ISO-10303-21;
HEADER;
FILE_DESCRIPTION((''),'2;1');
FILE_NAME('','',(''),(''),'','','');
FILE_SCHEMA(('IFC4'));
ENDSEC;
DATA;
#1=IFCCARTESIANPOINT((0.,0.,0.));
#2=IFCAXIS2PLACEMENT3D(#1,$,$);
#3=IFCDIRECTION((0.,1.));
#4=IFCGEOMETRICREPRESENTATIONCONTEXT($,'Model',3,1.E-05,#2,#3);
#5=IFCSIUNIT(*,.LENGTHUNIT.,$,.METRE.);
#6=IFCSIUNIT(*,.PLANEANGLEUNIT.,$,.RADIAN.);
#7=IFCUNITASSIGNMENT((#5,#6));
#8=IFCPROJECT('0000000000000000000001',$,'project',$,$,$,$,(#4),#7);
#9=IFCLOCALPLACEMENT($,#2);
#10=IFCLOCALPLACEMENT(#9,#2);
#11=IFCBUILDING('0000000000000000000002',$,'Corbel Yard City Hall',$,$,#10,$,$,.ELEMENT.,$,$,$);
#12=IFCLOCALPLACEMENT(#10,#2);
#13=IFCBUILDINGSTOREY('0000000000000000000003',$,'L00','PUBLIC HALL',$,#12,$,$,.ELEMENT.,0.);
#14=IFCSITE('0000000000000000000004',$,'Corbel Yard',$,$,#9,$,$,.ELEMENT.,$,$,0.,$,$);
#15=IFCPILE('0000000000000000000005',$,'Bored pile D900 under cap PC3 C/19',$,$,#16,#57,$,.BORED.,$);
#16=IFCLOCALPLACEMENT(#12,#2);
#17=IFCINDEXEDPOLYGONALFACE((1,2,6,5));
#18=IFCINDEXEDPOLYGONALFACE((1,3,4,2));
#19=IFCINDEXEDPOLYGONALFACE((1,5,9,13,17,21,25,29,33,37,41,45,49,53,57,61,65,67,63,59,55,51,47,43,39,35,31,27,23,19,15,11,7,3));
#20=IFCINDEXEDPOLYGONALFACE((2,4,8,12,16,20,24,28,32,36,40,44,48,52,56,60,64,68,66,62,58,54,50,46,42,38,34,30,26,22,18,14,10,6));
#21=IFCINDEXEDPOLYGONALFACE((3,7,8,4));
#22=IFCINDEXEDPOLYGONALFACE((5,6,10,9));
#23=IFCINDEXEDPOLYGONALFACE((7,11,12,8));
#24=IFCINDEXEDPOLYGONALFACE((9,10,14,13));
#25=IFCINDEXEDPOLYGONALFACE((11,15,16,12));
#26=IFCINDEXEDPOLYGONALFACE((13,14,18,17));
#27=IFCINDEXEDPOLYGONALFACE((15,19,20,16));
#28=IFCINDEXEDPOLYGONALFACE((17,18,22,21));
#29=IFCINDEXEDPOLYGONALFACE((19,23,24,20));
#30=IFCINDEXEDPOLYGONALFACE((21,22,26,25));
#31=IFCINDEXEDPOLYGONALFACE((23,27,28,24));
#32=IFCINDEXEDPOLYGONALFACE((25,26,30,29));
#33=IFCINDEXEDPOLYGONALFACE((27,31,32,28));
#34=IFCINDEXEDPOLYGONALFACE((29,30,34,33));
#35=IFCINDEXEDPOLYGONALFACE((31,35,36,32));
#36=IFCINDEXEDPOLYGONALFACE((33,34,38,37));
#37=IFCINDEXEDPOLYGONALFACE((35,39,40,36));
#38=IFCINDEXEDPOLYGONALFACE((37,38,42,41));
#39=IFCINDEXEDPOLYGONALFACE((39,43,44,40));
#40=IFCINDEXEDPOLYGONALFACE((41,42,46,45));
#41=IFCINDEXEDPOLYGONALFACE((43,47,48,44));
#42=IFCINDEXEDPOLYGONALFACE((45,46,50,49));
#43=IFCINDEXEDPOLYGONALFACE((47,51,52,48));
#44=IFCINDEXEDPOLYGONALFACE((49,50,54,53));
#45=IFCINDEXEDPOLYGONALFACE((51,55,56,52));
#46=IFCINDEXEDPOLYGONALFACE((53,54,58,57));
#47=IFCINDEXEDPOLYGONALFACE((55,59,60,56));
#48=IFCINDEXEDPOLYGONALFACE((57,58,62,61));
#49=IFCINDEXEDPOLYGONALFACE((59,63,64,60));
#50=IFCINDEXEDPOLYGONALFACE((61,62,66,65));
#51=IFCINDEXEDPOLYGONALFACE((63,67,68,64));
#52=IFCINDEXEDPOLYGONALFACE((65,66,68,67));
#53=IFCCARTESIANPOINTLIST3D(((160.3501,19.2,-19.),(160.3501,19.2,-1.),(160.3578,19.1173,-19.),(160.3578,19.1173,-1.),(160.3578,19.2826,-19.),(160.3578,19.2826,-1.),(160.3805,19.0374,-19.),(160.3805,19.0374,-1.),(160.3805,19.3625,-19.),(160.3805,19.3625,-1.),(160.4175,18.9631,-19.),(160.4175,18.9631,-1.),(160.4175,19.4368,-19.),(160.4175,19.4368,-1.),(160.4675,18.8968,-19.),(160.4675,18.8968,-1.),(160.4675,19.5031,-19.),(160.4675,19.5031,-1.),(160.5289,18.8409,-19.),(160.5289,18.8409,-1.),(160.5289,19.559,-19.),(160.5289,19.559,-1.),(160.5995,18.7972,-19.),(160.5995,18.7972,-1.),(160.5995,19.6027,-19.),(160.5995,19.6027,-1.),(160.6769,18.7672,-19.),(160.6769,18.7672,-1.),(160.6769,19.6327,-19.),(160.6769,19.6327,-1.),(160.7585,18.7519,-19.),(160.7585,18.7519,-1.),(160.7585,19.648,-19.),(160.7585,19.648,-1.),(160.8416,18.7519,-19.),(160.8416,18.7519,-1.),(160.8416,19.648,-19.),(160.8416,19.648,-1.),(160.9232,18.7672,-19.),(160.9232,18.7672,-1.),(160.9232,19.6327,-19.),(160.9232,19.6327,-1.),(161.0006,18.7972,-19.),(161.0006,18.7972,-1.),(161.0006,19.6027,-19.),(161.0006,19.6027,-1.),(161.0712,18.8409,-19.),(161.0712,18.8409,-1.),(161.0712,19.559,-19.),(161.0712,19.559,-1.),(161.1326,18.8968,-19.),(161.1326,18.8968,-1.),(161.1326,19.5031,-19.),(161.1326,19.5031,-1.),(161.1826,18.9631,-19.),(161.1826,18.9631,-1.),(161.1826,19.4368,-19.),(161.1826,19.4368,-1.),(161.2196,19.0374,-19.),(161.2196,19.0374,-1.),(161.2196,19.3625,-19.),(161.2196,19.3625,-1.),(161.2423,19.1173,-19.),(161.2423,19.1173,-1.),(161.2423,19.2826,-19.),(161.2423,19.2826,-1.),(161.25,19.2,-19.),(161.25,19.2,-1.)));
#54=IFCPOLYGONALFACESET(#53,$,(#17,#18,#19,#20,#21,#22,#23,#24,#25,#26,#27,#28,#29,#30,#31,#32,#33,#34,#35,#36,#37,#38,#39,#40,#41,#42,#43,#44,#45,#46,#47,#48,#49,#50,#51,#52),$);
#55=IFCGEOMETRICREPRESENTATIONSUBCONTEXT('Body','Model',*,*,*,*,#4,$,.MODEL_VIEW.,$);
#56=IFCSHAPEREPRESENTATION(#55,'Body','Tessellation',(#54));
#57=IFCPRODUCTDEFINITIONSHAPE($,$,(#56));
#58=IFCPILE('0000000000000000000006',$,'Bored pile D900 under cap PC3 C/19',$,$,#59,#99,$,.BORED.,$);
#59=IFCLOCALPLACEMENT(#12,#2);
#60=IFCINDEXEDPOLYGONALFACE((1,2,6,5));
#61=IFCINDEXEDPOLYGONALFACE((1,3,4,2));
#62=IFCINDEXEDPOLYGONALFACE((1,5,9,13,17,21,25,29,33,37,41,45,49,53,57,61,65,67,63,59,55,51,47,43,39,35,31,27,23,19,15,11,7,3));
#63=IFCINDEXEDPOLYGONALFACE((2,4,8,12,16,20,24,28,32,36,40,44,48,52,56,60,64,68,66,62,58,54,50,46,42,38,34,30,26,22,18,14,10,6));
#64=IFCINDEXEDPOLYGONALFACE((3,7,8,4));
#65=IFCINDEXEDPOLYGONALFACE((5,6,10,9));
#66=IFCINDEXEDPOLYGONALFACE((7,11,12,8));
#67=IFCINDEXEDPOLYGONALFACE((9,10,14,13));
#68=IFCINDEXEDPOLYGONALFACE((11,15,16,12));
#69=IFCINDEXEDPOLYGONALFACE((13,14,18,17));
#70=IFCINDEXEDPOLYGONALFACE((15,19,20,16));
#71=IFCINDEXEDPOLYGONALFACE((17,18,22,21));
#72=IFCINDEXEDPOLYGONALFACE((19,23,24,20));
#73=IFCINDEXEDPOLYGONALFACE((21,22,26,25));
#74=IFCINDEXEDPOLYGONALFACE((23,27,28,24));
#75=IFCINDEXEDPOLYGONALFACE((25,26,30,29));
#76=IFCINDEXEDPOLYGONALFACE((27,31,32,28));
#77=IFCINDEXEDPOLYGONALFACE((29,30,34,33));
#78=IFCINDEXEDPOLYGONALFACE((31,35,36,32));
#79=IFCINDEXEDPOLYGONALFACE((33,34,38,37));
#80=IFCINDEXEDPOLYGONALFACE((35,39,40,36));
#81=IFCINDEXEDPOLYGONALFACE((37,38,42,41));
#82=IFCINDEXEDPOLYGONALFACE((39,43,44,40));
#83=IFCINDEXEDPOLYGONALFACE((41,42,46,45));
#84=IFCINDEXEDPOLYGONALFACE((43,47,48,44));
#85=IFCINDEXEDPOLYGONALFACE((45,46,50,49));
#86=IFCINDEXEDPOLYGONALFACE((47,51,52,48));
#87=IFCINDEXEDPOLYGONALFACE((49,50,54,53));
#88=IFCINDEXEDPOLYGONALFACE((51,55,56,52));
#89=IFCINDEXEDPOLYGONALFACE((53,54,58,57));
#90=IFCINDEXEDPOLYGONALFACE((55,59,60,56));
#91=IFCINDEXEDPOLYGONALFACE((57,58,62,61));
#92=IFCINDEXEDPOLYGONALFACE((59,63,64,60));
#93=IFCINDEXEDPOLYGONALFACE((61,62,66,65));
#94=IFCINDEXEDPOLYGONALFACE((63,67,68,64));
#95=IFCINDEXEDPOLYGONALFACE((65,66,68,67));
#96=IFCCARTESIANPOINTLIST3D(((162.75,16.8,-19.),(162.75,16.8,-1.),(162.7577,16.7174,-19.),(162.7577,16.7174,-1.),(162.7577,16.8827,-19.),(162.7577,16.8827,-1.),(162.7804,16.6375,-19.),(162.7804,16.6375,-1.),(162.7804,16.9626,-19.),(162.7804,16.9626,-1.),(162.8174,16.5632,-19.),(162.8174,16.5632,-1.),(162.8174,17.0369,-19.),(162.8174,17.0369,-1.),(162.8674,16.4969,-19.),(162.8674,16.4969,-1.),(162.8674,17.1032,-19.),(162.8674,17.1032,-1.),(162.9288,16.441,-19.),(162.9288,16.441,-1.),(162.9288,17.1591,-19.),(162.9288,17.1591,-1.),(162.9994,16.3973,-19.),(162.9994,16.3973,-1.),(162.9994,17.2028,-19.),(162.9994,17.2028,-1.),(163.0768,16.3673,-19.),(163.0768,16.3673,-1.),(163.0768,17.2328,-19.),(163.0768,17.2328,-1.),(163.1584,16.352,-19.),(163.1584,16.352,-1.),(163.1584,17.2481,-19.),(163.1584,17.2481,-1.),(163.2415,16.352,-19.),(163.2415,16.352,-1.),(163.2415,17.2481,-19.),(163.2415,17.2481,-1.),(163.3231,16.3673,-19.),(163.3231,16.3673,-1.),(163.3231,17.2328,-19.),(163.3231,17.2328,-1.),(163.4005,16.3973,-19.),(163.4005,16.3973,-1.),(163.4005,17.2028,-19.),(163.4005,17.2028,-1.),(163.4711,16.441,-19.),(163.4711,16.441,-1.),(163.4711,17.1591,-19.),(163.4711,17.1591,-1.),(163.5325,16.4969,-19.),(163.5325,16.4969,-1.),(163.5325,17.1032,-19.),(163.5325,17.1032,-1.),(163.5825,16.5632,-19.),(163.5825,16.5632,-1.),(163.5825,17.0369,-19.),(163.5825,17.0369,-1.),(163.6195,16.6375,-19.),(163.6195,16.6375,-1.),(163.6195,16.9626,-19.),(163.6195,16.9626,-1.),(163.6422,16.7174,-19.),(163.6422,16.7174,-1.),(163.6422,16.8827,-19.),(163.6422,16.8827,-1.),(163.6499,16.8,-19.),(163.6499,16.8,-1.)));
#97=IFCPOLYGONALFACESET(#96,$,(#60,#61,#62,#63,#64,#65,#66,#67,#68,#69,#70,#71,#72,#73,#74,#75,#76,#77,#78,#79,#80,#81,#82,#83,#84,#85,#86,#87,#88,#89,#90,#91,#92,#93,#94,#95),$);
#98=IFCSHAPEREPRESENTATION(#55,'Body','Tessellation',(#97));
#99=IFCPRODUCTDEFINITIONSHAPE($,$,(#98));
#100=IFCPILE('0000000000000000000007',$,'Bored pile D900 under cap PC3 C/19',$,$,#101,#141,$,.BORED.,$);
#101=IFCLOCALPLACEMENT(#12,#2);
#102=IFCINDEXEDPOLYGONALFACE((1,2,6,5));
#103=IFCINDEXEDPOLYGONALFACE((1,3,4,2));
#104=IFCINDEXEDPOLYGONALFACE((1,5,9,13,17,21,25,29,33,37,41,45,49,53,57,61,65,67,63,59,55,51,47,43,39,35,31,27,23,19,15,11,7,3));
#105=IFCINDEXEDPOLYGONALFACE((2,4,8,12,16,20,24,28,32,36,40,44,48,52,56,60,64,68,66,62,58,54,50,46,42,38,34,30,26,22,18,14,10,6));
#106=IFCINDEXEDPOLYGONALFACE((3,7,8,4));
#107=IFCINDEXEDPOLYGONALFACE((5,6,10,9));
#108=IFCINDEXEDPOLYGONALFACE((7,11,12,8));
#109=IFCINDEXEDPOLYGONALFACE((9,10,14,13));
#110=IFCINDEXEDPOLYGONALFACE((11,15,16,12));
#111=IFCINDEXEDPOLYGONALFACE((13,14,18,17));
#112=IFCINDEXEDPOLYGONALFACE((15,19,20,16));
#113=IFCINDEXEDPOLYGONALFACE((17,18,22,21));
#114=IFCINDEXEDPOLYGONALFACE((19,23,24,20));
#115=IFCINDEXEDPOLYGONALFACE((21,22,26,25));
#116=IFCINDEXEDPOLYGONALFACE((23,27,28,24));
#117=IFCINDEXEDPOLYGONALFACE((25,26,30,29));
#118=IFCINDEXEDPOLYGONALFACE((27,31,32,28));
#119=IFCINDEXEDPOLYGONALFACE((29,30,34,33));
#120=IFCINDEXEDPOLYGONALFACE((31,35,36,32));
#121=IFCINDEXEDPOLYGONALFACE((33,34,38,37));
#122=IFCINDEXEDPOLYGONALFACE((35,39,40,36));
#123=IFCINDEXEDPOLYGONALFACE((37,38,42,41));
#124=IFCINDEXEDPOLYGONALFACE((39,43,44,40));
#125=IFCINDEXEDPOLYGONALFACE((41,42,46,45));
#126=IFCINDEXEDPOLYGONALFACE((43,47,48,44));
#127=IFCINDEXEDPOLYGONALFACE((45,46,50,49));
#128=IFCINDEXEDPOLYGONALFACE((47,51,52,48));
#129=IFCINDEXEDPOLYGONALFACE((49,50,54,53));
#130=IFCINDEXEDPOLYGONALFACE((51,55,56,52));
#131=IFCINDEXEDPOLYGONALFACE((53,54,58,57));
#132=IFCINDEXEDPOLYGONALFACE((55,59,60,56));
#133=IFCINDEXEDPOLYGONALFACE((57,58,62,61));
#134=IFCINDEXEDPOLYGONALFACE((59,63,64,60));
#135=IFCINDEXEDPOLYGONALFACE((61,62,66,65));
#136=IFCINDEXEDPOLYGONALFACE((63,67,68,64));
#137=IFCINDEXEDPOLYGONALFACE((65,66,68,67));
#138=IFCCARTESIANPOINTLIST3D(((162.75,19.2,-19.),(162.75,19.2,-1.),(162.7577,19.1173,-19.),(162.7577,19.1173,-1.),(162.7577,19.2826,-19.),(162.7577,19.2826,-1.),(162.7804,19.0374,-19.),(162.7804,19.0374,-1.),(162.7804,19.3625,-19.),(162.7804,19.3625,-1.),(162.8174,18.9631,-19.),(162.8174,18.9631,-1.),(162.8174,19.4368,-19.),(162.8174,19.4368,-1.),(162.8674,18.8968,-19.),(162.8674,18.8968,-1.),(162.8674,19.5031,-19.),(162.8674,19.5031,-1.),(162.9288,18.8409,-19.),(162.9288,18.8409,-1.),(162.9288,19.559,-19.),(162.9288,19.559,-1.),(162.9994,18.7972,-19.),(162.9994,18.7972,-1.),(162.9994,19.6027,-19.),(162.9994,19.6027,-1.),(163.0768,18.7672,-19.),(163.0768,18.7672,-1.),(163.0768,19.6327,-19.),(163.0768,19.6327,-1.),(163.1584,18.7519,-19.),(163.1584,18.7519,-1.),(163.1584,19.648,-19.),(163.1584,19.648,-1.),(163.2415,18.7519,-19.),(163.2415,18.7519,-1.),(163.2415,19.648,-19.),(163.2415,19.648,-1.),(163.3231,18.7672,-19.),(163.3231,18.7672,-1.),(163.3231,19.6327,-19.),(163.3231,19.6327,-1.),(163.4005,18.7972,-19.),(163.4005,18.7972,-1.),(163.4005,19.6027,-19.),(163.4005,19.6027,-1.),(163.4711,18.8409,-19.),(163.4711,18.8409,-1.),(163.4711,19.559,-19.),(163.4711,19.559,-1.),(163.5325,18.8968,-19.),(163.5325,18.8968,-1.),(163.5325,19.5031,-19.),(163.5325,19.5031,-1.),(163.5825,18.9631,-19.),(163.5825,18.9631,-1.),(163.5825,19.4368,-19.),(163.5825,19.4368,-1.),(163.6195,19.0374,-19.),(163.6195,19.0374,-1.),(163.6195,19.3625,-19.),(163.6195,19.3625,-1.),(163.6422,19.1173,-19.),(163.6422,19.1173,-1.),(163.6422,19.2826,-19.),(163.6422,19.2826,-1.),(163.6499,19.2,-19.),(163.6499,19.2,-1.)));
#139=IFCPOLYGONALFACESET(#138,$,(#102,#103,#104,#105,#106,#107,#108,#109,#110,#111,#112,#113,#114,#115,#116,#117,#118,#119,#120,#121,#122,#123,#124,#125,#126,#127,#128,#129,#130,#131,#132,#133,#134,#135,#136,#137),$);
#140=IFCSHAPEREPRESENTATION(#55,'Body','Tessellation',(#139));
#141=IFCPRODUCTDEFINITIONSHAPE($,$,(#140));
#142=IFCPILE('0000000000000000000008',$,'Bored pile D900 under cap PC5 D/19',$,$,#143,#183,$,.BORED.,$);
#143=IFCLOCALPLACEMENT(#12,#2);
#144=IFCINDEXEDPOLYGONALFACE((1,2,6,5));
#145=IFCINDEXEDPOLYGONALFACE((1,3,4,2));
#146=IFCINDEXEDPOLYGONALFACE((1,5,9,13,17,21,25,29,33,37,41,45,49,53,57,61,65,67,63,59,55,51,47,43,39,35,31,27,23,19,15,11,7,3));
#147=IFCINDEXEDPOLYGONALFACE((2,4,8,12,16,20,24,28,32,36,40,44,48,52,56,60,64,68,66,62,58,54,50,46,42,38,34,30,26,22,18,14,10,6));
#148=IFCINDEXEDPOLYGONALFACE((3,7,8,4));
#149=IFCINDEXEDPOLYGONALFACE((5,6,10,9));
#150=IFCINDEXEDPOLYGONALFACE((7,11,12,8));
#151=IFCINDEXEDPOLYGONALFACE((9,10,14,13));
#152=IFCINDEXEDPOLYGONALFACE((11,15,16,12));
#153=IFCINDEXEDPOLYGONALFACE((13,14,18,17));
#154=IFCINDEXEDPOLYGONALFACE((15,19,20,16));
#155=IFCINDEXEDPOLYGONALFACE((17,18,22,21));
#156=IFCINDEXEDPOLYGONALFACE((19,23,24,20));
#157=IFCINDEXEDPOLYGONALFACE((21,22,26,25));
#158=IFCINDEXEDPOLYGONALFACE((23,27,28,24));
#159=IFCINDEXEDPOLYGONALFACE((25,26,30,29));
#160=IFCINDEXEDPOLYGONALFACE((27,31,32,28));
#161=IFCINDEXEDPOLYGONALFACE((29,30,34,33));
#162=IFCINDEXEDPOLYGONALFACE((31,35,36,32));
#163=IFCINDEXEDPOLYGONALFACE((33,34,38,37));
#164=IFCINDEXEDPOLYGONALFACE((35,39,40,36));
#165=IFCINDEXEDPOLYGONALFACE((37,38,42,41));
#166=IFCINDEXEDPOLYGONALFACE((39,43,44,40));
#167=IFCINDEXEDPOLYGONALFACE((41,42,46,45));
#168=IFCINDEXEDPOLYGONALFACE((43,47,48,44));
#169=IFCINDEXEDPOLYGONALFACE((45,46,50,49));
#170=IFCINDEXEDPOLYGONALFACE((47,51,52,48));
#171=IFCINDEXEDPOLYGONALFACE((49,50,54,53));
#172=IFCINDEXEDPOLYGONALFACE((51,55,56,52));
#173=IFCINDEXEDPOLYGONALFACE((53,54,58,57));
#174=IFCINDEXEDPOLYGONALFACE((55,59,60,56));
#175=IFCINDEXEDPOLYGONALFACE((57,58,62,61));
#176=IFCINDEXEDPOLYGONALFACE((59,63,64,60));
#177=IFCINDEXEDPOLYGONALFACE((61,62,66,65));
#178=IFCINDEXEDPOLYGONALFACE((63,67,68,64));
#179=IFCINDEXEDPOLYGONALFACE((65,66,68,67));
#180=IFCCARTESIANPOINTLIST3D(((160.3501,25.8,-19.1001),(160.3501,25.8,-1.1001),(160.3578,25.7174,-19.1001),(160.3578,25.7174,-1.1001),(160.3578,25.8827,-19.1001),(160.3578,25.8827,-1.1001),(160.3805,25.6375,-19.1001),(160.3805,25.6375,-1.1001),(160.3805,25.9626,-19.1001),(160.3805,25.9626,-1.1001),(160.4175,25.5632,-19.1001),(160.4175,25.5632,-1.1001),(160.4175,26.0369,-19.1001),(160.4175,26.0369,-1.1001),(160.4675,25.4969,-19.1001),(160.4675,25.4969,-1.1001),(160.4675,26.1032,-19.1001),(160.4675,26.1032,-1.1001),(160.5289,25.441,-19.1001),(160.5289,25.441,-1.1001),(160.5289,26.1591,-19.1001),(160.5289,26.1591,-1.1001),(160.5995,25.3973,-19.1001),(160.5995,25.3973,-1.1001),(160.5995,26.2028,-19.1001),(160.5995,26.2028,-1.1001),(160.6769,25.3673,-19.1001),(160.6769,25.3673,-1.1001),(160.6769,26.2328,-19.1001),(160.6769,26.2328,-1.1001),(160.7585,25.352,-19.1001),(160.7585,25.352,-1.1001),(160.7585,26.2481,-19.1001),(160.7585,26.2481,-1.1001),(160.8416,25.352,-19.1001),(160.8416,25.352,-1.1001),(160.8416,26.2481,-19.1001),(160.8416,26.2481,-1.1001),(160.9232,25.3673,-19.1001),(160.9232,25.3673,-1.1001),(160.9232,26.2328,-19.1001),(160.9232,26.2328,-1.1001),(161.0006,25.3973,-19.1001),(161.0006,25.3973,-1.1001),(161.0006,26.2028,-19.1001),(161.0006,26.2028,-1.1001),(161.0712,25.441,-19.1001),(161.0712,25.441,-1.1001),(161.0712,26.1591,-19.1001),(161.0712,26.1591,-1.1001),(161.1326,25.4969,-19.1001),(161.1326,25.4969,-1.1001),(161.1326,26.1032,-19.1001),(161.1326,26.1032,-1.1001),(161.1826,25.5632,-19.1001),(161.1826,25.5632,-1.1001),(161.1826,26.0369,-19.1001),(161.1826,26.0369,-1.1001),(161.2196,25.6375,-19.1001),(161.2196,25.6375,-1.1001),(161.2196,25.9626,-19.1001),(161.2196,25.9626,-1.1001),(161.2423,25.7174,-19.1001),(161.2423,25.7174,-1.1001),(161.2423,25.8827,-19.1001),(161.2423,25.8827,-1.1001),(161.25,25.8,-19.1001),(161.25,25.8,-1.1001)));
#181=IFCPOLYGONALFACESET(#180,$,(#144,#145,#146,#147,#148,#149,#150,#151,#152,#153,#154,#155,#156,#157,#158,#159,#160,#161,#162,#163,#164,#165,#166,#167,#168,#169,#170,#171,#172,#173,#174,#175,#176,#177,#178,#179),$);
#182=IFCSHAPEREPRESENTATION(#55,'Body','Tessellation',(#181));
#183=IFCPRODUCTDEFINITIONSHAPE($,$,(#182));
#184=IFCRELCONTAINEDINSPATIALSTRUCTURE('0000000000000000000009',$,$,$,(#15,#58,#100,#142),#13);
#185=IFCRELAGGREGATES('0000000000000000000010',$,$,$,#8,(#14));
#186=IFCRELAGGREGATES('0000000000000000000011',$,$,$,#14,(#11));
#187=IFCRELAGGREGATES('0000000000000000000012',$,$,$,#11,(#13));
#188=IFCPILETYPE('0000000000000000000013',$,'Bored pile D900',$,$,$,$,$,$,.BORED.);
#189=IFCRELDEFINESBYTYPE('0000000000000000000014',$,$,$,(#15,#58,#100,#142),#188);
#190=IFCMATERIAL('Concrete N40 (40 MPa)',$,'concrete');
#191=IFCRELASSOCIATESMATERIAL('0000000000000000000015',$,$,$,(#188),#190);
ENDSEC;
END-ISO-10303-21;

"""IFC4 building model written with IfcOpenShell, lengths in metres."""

from ifc_helpers import new_model, si_unit, direction, frame, origin, origin_2d, place, context, subcontext, project, spatial, circle, extrude, material, material_profile, profile_set, type_object, element, save


model = new_model("IFC4")

# Units and contexts
model_context = context("Model", 3, precision=1e-05, world=origin(), true_north=direction((0.0, 1.0)))
body_context = subcontext(model_context, "Body", "Model", "MODEL_VIEW")
ifc_project = project(units=[si_unit("LENGTHUNIT", "METRE"), si_unit("PLANEANGLEUNIT", "RADIAN")], contexts=[model_context])

# Site, building, storey
site_placement = place(None, origin())
site = spatial("IfcSite", under=ifc_project, at=site_placement, Name="Corbel Yard", CompositionType="ELEMENT", RefElevation=0.0)
building_placement = place(site_placement, origin())
building = spatial("IfcBuilding", under=site, at=building_placement, Name="Corbel Yard City Hall", CompositionType="ELEMENT")
storey_placement = place(building_placement, origin())
storey = spatial("IfcBuildingStorey", under=building, at=storey_placement, Name="L00", Description="PUBLIC HALL", CompositionType="ELEMENT", Elevation=0.0)

# Piles
ifc_material_1 = material(Name="Concrete N40 (40 MPa)", Category="concrete")
ifc_material_profile_1 = material_profile(ifc_material_1, circle(Radius=0.45, at=origin_2d()), Name="D900")
ifc_profile_set_1 = profile_set([ifc_material_profile_1], Name="Concrete N40 (40 MPa)")
pile_type_1 = type_object("IfcPileType", Name="Bored pile D900", PredefinedType="BORED", material=ifc_profile_set_1)
for number, where, z_axis, x_axis, name in (
    (1, (160.8, 19.2, -1.0), (0.0, 0.0, -1.0), (1.0, 0.0, 0.0), "Bored pile D900 under cap PC3 C/19"),
    (2, (163.2, 16.8, -1.0), (0.0, 0.0, -1.0), (1.0, 0.0, 0.0), "Bored pile D900 under cap PC3 C/19"),
    (3, (163.2, 19.2, -1.0), (0.0, 0.0, -1.0), (1.0, 0.0, 0.0), "Bored pile D900 under cap PC3 C/19"),
    (4, (160.8, 25.8, -1.1001), (0.0, 0.0, -1.0), (1.0, 0.0, 0.0), "Bored pile D900 under cap PC5 D/19"),
):
    element("IfcPile", number, at=place(storey_placement, frame(where, z_axis=z_axis, x_axis=x_axis)), inside=storey, type_object=pile_type_1, Name=name, PredefinedType="BORED", context=body_context, shape_type="SweptSolid", body=[
        extrude(circle(Radius=0.45, at=origin_2d()), origin(), (0.0, 0.0, 1.0), 18.0),
    ])

save(model, "model.ifc")
